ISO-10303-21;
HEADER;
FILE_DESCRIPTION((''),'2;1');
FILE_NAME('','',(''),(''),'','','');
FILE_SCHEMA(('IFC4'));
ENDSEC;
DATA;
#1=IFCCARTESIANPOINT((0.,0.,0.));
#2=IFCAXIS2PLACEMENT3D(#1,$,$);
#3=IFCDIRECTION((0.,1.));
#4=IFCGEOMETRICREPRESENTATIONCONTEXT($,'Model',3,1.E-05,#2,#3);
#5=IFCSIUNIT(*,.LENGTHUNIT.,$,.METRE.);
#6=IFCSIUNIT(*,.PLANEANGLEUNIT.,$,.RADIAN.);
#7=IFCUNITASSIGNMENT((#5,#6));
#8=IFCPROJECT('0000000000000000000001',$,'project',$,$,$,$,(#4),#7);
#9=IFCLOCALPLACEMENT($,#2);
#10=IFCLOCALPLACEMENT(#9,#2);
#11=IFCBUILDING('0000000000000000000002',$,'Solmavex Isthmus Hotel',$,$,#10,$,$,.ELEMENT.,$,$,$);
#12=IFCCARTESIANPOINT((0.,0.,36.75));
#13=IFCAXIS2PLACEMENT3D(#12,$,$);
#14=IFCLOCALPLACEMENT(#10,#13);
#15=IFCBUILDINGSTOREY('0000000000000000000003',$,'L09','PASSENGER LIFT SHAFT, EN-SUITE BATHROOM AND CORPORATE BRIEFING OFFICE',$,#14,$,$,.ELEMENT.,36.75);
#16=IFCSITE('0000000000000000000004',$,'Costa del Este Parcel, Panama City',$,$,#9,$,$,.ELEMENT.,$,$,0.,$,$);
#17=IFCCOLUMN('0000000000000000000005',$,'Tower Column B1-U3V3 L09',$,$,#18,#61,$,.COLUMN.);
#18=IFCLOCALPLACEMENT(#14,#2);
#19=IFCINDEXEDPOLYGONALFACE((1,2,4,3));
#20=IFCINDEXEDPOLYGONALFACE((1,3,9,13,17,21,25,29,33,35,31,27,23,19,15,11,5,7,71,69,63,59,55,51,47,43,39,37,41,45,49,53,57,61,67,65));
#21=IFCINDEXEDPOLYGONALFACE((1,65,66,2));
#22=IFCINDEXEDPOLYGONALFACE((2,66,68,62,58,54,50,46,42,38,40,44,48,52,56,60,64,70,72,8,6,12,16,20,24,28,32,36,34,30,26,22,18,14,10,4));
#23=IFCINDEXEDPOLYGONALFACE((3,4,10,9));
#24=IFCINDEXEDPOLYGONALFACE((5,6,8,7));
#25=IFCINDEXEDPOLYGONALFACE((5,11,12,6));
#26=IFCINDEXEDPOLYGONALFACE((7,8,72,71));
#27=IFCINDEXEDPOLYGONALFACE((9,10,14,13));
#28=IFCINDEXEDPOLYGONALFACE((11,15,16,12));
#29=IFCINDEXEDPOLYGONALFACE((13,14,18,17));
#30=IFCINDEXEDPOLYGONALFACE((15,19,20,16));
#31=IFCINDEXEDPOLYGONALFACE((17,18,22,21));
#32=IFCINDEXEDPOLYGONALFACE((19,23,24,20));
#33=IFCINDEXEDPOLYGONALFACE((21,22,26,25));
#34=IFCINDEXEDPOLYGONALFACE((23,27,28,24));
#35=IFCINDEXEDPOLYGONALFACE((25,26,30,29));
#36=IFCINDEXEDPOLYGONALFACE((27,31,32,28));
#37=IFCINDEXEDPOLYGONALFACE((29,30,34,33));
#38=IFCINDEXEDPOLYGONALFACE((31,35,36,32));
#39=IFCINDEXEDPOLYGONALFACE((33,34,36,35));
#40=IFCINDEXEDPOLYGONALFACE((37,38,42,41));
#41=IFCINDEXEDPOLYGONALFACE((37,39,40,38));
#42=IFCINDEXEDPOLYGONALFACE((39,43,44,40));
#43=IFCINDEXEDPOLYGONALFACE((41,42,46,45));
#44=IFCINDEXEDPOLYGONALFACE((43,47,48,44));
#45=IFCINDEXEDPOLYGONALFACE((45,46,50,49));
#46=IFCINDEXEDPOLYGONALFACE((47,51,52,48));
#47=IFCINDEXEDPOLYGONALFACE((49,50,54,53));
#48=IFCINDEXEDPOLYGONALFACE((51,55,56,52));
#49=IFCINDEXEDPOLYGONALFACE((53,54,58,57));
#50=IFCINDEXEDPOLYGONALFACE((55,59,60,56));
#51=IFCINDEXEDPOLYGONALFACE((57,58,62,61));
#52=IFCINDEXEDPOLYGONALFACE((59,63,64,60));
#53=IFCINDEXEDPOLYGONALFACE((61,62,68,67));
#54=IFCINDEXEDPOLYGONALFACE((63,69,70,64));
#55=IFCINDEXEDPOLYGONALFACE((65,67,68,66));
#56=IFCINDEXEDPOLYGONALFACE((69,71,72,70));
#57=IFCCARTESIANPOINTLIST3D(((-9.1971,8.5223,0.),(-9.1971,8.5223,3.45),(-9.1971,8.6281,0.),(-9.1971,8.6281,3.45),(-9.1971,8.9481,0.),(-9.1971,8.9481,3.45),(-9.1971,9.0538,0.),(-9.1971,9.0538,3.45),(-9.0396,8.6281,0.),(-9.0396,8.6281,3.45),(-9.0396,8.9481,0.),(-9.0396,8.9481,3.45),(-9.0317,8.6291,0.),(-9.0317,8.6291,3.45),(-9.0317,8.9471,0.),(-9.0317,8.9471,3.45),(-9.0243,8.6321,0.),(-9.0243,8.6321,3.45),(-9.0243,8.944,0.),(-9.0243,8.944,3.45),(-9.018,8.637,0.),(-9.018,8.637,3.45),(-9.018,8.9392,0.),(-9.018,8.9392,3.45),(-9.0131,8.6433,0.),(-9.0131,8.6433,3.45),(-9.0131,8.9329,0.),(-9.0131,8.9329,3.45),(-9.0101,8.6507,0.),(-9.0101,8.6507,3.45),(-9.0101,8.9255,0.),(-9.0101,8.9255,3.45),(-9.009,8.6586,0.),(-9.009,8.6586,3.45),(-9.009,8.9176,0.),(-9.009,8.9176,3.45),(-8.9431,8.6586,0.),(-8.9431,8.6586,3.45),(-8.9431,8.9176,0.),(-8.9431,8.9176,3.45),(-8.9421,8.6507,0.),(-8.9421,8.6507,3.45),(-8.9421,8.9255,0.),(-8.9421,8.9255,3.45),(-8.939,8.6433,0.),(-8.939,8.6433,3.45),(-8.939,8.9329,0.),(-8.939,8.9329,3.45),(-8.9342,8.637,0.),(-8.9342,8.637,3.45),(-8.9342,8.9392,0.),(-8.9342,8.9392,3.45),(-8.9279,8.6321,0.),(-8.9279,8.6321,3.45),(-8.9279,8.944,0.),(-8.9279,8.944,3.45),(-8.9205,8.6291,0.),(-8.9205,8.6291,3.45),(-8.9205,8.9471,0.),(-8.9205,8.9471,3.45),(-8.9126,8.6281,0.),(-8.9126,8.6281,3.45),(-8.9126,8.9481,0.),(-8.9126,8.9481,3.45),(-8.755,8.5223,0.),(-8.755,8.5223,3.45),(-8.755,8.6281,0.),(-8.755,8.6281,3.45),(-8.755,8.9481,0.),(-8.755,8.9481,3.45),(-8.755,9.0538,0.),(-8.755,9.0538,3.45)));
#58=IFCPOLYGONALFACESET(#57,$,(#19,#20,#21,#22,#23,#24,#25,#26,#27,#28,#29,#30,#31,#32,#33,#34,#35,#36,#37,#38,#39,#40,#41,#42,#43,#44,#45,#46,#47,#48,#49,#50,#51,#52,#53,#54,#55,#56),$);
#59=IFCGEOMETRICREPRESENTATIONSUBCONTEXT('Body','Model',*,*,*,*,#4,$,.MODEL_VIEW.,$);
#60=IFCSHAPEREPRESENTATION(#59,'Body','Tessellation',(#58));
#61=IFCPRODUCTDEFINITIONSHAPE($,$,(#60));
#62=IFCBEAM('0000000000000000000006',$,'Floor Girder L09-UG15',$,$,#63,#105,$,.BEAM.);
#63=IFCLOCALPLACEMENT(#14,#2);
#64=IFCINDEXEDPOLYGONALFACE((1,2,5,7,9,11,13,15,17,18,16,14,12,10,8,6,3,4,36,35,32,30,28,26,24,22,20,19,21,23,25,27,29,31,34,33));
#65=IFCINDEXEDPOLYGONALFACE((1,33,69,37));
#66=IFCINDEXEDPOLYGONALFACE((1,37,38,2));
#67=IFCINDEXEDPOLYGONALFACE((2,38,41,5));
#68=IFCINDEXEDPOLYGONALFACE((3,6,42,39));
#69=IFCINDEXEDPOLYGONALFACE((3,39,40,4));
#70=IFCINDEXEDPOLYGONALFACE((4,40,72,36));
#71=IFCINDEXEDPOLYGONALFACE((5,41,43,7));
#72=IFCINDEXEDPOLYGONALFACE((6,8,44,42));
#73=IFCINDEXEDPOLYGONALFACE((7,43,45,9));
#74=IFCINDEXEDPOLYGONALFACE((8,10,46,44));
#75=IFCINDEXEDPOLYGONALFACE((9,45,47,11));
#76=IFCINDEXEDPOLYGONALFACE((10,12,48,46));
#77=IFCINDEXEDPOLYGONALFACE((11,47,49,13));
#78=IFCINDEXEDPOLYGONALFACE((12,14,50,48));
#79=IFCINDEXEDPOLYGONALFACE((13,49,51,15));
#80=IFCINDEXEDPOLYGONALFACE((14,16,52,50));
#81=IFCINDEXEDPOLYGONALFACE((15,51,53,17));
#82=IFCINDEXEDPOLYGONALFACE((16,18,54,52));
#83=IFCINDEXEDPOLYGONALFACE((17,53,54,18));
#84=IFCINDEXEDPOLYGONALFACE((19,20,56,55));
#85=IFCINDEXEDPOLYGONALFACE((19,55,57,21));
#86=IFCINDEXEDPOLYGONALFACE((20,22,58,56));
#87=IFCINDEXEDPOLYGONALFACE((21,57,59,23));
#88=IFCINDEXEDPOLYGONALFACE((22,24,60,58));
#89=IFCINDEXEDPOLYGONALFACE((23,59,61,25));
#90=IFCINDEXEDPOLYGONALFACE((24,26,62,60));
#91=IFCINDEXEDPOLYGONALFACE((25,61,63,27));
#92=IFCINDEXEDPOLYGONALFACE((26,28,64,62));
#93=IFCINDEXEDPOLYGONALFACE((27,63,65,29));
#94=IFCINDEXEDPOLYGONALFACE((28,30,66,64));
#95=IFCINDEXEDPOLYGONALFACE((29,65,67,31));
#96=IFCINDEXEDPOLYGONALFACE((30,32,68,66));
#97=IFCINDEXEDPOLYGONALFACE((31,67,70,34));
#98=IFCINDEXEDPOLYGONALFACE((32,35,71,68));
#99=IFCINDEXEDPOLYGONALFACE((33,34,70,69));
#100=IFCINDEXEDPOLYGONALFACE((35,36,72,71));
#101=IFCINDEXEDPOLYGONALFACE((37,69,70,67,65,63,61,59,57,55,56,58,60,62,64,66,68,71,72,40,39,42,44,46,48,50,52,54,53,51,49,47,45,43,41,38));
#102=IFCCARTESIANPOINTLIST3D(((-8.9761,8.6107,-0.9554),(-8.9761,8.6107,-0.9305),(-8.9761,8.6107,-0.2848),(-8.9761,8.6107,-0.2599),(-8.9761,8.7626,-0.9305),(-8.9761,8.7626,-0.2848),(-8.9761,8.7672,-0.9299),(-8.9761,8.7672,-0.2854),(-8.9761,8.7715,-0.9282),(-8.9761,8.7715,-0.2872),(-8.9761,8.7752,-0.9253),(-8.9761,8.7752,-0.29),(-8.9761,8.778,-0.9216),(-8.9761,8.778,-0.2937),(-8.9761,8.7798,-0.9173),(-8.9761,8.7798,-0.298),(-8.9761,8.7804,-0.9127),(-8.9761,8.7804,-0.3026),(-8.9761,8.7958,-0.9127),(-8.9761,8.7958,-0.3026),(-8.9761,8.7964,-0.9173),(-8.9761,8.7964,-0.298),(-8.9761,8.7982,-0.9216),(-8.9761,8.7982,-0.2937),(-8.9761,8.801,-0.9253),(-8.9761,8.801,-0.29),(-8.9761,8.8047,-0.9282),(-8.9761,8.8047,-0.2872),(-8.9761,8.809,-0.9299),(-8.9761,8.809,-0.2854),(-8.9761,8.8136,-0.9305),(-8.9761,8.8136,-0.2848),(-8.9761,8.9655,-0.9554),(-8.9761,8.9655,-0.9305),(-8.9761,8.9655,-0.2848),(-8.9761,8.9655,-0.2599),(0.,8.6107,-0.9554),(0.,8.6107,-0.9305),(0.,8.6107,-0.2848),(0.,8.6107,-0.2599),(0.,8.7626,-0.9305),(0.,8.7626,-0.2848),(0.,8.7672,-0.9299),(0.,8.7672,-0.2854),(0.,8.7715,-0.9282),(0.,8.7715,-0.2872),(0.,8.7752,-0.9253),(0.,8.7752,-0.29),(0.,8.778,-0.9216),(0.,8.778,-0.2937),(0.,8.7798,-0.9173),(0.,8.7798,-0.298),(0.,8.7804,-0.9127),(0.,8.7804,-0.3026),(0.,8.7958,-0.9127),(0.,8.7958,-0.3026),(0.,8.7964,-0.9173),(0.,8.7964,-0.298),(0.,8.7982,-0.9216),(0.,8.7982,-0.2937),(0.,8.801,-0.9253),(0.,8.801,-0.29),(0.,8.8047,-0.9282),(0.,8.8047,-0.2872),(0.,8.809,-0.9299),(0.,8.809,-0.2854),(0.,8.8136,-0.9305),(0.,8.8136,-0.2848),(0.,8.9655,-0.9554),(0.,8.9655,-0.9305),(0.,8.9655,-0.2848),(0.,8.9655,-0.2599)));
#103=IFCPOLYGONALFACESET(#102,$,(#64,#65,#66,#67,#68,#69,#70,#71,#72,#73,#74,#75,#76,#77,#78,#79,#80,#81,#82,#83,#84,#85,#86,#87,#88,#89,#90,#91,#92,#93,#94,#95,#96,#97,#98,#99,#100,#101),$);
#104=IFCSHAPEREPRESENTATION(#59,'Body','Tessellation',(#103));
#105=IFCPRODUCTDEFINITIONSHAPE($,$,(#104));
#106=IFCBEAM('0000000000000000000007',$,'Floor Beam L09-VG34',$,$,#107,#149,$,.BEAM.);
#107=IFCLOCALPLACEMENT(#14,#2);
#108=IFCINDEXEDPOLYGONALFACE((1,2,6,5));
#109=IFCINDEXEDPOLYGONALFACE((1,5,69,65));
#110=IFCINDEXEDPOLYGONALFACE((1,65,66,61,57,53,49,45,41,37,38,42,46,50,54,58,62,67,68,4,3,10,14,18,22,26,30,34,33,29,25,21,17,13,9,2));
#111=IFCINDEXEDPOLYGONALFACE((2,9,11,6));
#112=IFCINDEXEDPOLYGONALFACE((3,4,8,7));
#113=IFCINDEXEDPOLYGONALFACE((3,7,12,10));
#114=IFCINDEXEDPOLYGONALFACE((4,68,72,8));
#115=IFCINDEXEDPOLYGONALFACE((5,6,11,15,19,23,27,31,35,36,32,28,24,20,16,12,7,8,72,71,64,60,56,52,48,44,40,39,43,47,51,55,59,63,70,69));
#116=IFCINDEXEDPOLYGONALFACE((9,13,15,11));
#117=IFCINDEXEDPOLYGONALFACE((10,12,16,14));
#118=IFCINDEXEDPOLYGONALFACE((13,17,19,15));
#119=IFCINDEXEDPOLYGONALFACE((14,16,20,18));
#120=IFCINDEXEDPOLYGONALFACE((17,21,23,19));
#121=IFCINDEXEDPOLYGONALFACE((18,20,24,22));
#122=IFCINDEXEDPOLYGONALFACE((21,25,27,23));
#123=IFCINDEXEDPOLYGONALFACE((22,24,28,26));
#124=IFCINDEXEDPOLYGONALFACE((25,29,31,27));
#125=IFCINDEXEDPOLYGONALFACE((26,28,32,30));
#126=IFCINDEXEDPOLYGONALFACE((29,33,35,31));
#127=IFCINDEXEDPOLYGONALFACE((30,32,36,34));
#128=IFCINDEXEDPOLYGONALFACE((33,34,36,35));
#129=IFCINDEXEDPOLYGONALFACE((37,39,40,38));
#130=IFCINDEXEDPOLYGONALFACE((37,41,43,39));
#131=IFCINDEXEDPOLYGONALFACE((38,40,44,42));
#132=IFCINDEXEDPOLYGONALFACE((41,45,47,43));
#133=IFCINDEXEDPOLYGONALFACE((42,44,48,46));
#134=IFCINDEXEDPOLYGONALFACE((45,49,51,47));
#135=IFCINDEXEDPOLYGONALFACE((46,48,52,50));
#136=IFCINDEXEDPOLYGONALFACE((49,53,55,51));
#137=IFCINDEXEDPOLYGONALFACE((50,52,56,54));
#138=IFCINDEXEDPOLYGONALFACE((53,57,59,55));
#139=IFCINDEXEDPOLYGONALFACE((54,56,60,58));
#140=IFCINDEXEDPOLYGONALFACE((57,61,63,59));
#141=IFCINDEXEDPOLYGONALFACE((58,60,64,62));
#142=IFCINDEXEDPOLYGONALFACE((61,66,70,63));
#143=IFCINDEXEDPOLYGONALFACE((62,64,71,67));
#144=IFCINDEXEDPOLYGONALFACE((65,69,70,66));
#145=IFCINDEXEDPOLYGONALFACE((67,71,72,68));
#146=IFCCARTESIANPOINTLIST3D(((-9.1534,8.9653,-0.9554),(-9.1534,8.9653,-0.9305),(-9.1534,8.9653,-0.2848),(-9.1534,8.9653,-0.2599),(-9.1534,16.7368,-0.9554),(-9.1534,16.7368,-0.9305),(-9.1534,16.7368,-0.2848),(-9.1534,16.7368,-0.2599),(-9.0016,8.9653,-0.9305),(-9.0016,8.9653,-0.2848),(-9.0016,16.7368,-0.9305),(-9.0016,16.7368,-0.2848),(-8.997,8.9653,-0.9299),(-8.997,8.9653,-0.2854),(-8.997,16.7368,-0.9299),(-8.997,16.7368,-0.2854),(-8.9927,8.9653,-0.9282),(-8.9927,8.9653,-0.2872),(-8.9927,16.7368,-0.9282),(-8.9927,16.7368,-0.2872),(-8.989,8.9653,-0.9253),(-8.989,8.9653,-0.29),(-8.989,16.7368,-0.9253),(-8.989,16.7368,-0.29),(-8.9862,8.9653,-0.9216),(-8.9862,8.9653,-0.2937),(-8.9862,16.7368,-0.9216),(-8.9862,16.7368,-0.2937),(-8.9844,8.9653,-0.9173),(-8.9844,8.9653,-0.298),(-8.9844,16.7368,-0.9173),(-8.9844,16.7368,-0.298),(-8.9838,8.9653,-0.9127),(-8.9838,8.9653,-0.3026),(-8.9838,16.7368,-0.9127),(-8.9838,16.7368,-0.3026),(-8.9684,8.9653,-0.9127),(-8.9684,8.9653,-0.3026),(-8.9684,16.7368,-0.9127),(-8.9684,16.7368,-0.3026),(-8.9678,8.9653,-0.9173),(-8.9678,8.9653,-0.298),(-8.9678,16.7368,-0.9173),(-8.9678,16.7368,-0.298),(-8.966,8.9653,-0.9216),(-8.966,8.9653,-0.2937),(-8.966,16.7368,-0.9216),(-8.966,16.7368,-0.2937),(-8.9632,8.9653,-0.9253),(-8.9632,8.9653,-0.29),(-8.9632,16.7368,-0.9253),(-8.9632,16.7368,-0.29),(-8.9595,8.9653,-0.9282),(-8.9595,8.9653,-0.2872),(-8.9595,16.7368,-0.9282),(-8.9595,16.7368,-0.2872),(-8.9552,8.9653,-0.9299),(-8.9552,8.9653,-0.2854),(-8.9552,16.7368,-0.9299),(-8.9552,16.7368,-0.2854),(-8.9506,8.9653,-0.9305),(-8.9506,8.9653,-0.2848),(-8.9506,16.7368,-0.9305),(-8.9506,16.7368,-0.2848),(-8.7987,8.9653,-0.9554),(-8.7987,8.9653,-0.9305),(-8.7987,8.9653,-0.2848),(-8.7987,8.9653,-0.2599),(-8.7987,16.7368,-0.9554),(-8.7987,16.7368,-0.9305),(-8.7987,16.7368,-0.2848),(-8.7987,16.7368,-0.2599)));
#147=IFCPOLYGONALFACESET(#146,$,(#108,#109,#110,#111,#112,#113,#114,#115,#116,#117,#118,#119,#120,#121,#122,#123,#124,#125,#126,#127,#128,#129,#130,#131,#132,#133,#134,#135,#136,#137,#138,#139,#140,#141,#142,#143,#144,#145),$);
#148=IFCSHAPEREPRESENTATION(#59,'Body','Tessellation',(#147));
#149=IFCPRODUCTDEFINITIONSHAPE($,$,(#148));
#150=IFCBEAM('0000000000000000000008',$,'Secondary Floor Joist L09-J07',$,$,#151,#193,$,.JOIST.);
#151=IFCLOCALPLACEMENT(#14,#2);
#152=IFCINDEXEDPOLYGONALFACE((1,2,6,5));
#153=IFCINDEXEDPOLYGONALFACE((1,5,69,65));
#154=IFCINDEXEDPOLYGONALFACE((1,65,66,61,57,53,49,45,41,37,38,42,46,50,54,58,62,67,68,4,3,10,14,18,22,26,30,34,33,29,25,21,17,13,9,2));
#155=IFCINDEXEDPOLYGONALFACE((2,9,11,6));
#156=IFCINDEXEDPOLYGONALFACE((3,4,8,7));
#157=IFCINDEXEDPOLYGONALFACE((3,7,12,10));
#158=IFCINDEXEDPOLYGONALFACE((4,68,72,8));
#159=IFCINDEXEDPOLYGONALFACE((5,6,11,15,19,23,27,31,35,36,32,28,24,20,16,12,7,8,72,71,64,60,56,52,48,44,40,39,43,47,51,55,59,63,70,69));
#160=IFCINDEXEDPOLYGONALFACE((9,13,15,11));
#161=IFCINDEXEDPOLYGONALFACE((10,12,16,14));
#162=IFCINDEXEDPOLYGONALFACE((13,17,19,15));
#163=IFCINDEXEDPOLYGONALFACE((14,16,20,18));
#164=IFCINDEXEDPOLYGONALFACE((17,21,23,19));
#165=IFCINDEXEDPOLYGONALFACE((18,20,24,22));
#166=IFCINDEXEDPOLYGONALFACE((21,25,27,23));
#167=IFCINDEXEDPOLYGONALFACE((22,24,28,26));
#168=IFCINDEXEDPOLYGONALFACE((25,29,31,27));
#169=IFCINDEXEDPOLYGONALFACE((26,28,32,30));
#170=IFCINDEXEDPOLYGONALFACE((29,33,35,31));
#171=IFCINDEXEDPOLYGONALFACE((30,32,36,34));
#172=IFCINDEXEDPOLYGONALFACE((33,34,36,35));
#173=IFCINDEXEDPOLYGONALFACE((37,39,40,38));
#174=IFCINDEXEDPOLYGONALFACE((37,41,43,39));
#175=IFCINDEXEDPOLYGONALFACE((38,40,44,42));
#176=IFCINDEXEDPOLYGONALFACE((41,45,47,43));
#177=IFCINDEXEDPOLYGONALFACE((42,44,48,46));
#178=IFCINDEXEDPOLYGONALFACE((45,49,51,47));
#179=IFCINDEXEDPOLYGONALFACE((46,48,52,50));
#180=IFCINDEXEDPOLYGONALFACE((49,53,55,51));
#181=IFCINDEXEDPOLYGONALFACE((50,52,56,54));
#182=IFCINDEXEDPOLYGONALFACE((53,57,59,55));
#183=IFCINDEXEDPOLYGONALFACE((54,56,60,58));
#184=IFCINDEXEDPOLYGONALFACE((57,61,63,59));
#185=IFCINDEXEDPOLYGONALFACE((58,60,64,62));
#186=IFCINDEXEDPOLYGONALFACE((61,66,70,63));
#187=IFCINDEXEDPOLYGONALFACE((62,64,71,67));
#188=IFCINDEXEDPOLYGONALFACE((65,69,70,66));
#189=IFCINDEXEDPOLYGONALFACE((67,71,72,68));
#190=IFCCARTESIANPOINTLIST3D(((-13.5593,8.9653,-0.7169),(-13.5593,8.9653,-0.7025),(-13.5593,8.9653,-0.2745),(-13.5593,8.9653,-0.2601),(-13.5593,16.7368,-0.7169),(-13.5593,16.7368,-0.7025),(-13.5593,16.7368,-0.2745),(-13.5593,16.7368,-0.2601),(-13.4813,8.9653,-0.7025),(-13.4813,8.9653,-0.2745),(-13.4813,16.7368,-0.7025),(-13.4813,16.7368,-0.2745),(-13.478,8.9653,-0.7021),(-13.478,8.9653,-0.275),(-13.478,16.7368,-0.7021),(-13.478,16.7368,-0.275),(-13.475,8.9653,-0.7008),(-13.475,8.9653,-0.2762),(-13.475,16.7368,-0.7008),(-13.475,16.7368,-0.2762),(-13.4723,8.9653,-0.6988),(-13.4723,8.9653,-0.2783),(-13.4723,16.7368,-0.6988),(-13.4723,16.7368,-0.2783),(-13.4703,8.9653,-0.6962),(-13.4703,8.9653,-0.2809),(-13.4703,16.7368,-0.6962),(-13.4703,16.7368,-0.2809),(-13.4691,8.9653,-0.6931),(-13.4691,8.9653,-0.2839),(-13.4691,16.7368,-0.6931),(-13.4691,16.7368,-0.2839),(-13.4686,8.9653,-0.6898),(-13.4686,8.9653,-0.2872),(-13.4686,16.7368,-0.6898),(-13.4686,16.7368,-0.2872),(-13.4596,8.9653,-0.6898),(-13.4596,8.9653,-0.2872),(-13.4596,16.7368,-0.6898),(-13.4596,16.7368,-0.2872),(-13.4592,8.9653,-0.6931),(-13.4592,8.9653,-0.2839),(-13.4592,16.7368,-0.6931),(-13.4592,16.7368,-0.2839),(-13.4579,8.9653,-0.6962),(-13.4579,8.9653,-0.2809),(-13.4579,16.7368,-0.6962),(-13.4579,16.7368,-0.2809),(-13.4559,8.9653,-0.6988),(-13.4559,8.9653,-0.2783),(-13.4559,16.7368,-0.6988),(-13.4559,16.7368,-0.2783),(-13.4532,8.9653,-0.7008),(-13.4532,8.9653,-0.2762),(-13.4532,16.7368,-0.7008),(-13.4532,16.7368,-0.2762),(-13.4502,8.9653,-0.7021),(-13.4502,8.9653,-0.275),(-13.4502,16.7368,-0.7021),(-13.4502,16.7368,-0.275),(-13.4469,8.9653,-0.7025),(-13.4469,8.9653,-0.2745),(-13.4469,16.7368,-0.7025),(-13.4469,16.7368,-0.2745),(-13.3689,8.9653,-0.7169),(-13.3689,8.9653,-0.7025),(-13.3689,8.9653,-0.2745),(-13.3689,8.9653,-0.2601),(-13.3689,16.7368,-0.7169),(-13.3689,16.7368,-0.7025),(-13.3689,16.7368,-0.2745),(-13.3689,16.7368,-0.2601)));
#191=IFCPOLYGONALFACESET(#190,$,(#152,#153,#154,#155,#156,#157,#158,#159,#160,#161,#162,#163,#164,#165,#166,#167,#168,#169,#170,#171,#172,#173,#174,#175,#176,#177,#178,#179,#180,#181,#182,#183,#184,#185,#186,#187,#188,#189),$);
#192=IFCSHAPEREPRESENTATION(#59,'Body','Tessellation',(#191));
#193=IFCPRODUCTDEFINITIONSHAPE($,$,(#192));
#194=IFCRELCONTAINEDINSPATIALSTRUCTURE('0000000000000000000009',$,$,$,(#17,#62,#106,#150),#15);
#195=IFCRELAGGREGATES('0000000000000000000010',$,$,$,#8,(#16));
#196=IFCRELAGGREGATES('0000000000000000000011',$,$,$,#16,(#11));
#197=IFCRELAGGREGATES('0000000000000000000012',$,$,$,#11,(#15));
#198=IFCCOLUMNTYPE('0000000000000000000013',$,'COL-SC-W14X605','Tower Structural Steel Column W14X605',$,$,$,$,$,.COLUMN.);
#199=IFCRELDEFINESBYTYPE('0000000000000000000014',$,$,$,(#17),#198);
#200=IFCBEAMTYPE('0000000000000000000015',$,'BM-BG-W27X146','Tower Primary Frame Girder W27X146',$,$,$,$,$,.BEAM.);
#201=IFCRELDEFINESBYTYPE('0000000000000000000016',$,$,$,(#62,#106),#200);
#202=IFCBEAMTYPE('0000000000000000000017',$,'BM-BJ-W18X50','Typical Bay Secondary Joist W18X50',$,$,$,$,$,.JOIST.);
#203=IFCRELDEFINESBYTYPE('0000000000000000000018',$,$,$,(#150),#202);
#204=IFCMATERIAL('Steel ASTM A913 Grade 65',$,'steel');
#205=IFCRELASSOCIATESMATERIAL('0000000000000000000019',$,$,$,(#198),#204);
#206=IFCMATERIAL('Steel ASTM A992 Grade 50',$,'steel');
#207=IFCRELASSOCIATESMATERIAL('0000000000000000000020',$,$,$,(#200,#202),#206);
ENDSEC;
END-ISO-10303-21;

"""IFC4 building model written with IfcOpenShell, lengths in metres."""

from ifc_helpers import new_model, si_unit, direction, frame, origin, origin_2d, place, context, subcontext, project, spatial, i_section, extrude, material, material_profile, profile_set, type_object, element, save


model = new_model("IFC4")

# Units and contexts
model_context = context("Model", 3, precision=1e-05, world=origin(), true_north=direction((0.0, 1.0)))
body_context = subcontext(model_context, "Body", "Model", "MODEL_VIEW")
ifc_project = project(units=[si_unit("LENGTHUNIT", "METRE"), si_unit("PLANEANGLEUNIT", "RADIAN")], contexts=[model_context])

# Site, building, storey
site_placement = place(None, origin())
site = spatial("IfcSite", under=ifc_project, at=site_placement, Name="Costa del Este Parcel, Panama City", CompositionType="ELEMENT", RefElevation=0.0)
building_placement = place(site_placement, origin())
building = spatial("IfcBuilding", under=site, at=building_placement, Name="Solmavex Isthmus Hotel", CompositionType="ELEMENT")
storey_placement = place(building_placement, frame((0.0, 0.0, 36.75)))
storey = spatial("IfcBuildingStorey", under=building, at=storey_placement, Name="L09", Description="PASSENGER LIFT SHAFT, EN-SUITE BATHROOM AND CORPORATE BRIEFING OFFICE", CompositionType="ELEMENT", Elevation=36.75)

# Column
ifc_material_1 = material(Name="Steel ASTM A913 Grade 65", Category="steel")
ifc_material_profile_1 = material_profile(ifc_material_1, i_section(OverallWidth=0.4421, OverallDepth=0.5315, WebThickness=0.0659, FlangeThickness=0.1057, FilletRadius=0.0305, at=origin_2d()), Name="W14X605")
ifc_profile_set_1 = profile_set([ifc_material_profile_1], Name="Steel ASTM A913 Grade 65")
column_type = type_object("IfcColumnType", Name="COL-SC-W14X605", Description="Tower Structural Steel Column W14X605", PredefinedType="COLUMN", material=ifc_profile_set_1)
column_placement = place(storey_placement, frame((-8.9761, 8.7881, 0.0), z_axis=(0.0, 0.0, 1.0), x_axis=(1.0, 0.0, 0.0)))
element("IfcColumn", 1, at=column_placement, inside=storey, type_object=column_type, Name="Tower Column B1-U3V3 L09", PredefinedType="COLUMN", context=body_context, shape_type="SweptSolid", body=[
    extrude(i_section(OverallWidth=0.4421, OverallDepth=0.5315, WebThickness=0.0659, FlangeThickness=0.1057, FilletRadius=0.0305, at=origin_2d()), origin(), (0.0, 0.0, 1.0), 3.45),
])

# Beams
ifc_material_2 = material(Name="Steel ASTM A992 Grade 50", Category="steel")
ifc_material_profile_2 = material_profile(ifc_material_2, i_section(OverallWidth=0.3547, OverallDepth=0.6956, WebThickness=0.0154, FlangeThickness=0.0249, FilletRadius=0.0178, at=origin_2d()), Name="W27X146")
ifc_profile_set_2 = profile_set([ifc_material_profile_2], Name="Steel ASTM A992 Grade 50")
beam_type_1 = type_object("IfcBeamType", Name="BM-BG-W27X146", Description="Tower Primary Frame Girder W27X146", PredefinedType="BEAM", material=ifc_profile_set_2)
beam_1_placement = place(storey_placement, frame((-8.9761, 8.7881, -0.6077), z_axis=(1.0, 0.0, 0.0), x_axis=(0.0, 1.0, 0.0)))
element("IfcBeam", 2, at=beam_1_placement, inside=storey, type_object=beam_type_1, Name="Floor Girder L09-UG15", PredefinedType="BEAM", context=body_context, shape_type="SweptSolid", body=[
    extrude(i_section(OverallWidth=0.3547, OverallDepth=0.6956, WebThickness=0.0154, FlangeThickness=0.0249, FilletRadius=0.0178, at=origin_2d()), origin(), (0.0, 0.0, 1.0), 8.9761),
])
beam_2_placement = place(storey_placement, frame((-8.9761, 8.9653, -0.6077), z_axis=(0.0, 1.0, 0.0), x_axis=(-1.0, 0.0, 0.0)))
element("IfcBeam", 3, at=beam_2_placement, inside=storey, type_object=beam_type_1, Name="Floor Beam L09-VG34", PredefinedType="BEAM", context=body_context, shape_type="SweptSolid", body=[
    extrude(i_section(OverallWidth=0.3547, OverallDepth=0.6956, WebThickness=0.0154, FlangeThickness=0.0249, FilletRadius=0.0178, at=origin_2d()), origin(), (0.0, 0.0, 1.0), 7.7715),
])
ifc_material_profile_3 = material_profile(ifc_material_2, i_section(OverallWidth=0.1904, OverallDepth=0.4568, WebThickness=0.009, FlangeThickness=0.0144, FilletRadius=0.0127, at=origin_2d()), Name="W18X50")
ifc_profile_set_3 = profile_set([ifc_material_profile_3], Name="Steel ASTM A992 Grade 50")
beam_type_2 = type_object("IfcBeamType", Name="BM-BJ-W18X50", Description="Typical Bay Secondary Joist W18X50", PredefinedType="JOIST", material=ifc_profile_set_3)
beam_3_placement = place(storey_placement, frame((-13.4641, 8.9653, -0.4885), z_axis=(0.0, 1.0, 0.0), x_axis=(-1.0, 0.0, 0.0)))
element("IfcBeam", 4, at=beam_3_placement, inside=storey, type_object=beam_type_2, Name="Secondary Floor Joist L09-J07", PredefinedType="JOIST", context=body_context, shape_type="SweptSolid", body=[
    extrude(i_section(OverallWidth=0.1904, OverallDepth=0.4568, WebThickness=0.009, FlangeThickness=0.0144, FilletRadius=0.0127, at=origin_2d()), origin(), (0.0, 0.0, 1.0), 7.7715),
])

save(model, "model.ifc")
